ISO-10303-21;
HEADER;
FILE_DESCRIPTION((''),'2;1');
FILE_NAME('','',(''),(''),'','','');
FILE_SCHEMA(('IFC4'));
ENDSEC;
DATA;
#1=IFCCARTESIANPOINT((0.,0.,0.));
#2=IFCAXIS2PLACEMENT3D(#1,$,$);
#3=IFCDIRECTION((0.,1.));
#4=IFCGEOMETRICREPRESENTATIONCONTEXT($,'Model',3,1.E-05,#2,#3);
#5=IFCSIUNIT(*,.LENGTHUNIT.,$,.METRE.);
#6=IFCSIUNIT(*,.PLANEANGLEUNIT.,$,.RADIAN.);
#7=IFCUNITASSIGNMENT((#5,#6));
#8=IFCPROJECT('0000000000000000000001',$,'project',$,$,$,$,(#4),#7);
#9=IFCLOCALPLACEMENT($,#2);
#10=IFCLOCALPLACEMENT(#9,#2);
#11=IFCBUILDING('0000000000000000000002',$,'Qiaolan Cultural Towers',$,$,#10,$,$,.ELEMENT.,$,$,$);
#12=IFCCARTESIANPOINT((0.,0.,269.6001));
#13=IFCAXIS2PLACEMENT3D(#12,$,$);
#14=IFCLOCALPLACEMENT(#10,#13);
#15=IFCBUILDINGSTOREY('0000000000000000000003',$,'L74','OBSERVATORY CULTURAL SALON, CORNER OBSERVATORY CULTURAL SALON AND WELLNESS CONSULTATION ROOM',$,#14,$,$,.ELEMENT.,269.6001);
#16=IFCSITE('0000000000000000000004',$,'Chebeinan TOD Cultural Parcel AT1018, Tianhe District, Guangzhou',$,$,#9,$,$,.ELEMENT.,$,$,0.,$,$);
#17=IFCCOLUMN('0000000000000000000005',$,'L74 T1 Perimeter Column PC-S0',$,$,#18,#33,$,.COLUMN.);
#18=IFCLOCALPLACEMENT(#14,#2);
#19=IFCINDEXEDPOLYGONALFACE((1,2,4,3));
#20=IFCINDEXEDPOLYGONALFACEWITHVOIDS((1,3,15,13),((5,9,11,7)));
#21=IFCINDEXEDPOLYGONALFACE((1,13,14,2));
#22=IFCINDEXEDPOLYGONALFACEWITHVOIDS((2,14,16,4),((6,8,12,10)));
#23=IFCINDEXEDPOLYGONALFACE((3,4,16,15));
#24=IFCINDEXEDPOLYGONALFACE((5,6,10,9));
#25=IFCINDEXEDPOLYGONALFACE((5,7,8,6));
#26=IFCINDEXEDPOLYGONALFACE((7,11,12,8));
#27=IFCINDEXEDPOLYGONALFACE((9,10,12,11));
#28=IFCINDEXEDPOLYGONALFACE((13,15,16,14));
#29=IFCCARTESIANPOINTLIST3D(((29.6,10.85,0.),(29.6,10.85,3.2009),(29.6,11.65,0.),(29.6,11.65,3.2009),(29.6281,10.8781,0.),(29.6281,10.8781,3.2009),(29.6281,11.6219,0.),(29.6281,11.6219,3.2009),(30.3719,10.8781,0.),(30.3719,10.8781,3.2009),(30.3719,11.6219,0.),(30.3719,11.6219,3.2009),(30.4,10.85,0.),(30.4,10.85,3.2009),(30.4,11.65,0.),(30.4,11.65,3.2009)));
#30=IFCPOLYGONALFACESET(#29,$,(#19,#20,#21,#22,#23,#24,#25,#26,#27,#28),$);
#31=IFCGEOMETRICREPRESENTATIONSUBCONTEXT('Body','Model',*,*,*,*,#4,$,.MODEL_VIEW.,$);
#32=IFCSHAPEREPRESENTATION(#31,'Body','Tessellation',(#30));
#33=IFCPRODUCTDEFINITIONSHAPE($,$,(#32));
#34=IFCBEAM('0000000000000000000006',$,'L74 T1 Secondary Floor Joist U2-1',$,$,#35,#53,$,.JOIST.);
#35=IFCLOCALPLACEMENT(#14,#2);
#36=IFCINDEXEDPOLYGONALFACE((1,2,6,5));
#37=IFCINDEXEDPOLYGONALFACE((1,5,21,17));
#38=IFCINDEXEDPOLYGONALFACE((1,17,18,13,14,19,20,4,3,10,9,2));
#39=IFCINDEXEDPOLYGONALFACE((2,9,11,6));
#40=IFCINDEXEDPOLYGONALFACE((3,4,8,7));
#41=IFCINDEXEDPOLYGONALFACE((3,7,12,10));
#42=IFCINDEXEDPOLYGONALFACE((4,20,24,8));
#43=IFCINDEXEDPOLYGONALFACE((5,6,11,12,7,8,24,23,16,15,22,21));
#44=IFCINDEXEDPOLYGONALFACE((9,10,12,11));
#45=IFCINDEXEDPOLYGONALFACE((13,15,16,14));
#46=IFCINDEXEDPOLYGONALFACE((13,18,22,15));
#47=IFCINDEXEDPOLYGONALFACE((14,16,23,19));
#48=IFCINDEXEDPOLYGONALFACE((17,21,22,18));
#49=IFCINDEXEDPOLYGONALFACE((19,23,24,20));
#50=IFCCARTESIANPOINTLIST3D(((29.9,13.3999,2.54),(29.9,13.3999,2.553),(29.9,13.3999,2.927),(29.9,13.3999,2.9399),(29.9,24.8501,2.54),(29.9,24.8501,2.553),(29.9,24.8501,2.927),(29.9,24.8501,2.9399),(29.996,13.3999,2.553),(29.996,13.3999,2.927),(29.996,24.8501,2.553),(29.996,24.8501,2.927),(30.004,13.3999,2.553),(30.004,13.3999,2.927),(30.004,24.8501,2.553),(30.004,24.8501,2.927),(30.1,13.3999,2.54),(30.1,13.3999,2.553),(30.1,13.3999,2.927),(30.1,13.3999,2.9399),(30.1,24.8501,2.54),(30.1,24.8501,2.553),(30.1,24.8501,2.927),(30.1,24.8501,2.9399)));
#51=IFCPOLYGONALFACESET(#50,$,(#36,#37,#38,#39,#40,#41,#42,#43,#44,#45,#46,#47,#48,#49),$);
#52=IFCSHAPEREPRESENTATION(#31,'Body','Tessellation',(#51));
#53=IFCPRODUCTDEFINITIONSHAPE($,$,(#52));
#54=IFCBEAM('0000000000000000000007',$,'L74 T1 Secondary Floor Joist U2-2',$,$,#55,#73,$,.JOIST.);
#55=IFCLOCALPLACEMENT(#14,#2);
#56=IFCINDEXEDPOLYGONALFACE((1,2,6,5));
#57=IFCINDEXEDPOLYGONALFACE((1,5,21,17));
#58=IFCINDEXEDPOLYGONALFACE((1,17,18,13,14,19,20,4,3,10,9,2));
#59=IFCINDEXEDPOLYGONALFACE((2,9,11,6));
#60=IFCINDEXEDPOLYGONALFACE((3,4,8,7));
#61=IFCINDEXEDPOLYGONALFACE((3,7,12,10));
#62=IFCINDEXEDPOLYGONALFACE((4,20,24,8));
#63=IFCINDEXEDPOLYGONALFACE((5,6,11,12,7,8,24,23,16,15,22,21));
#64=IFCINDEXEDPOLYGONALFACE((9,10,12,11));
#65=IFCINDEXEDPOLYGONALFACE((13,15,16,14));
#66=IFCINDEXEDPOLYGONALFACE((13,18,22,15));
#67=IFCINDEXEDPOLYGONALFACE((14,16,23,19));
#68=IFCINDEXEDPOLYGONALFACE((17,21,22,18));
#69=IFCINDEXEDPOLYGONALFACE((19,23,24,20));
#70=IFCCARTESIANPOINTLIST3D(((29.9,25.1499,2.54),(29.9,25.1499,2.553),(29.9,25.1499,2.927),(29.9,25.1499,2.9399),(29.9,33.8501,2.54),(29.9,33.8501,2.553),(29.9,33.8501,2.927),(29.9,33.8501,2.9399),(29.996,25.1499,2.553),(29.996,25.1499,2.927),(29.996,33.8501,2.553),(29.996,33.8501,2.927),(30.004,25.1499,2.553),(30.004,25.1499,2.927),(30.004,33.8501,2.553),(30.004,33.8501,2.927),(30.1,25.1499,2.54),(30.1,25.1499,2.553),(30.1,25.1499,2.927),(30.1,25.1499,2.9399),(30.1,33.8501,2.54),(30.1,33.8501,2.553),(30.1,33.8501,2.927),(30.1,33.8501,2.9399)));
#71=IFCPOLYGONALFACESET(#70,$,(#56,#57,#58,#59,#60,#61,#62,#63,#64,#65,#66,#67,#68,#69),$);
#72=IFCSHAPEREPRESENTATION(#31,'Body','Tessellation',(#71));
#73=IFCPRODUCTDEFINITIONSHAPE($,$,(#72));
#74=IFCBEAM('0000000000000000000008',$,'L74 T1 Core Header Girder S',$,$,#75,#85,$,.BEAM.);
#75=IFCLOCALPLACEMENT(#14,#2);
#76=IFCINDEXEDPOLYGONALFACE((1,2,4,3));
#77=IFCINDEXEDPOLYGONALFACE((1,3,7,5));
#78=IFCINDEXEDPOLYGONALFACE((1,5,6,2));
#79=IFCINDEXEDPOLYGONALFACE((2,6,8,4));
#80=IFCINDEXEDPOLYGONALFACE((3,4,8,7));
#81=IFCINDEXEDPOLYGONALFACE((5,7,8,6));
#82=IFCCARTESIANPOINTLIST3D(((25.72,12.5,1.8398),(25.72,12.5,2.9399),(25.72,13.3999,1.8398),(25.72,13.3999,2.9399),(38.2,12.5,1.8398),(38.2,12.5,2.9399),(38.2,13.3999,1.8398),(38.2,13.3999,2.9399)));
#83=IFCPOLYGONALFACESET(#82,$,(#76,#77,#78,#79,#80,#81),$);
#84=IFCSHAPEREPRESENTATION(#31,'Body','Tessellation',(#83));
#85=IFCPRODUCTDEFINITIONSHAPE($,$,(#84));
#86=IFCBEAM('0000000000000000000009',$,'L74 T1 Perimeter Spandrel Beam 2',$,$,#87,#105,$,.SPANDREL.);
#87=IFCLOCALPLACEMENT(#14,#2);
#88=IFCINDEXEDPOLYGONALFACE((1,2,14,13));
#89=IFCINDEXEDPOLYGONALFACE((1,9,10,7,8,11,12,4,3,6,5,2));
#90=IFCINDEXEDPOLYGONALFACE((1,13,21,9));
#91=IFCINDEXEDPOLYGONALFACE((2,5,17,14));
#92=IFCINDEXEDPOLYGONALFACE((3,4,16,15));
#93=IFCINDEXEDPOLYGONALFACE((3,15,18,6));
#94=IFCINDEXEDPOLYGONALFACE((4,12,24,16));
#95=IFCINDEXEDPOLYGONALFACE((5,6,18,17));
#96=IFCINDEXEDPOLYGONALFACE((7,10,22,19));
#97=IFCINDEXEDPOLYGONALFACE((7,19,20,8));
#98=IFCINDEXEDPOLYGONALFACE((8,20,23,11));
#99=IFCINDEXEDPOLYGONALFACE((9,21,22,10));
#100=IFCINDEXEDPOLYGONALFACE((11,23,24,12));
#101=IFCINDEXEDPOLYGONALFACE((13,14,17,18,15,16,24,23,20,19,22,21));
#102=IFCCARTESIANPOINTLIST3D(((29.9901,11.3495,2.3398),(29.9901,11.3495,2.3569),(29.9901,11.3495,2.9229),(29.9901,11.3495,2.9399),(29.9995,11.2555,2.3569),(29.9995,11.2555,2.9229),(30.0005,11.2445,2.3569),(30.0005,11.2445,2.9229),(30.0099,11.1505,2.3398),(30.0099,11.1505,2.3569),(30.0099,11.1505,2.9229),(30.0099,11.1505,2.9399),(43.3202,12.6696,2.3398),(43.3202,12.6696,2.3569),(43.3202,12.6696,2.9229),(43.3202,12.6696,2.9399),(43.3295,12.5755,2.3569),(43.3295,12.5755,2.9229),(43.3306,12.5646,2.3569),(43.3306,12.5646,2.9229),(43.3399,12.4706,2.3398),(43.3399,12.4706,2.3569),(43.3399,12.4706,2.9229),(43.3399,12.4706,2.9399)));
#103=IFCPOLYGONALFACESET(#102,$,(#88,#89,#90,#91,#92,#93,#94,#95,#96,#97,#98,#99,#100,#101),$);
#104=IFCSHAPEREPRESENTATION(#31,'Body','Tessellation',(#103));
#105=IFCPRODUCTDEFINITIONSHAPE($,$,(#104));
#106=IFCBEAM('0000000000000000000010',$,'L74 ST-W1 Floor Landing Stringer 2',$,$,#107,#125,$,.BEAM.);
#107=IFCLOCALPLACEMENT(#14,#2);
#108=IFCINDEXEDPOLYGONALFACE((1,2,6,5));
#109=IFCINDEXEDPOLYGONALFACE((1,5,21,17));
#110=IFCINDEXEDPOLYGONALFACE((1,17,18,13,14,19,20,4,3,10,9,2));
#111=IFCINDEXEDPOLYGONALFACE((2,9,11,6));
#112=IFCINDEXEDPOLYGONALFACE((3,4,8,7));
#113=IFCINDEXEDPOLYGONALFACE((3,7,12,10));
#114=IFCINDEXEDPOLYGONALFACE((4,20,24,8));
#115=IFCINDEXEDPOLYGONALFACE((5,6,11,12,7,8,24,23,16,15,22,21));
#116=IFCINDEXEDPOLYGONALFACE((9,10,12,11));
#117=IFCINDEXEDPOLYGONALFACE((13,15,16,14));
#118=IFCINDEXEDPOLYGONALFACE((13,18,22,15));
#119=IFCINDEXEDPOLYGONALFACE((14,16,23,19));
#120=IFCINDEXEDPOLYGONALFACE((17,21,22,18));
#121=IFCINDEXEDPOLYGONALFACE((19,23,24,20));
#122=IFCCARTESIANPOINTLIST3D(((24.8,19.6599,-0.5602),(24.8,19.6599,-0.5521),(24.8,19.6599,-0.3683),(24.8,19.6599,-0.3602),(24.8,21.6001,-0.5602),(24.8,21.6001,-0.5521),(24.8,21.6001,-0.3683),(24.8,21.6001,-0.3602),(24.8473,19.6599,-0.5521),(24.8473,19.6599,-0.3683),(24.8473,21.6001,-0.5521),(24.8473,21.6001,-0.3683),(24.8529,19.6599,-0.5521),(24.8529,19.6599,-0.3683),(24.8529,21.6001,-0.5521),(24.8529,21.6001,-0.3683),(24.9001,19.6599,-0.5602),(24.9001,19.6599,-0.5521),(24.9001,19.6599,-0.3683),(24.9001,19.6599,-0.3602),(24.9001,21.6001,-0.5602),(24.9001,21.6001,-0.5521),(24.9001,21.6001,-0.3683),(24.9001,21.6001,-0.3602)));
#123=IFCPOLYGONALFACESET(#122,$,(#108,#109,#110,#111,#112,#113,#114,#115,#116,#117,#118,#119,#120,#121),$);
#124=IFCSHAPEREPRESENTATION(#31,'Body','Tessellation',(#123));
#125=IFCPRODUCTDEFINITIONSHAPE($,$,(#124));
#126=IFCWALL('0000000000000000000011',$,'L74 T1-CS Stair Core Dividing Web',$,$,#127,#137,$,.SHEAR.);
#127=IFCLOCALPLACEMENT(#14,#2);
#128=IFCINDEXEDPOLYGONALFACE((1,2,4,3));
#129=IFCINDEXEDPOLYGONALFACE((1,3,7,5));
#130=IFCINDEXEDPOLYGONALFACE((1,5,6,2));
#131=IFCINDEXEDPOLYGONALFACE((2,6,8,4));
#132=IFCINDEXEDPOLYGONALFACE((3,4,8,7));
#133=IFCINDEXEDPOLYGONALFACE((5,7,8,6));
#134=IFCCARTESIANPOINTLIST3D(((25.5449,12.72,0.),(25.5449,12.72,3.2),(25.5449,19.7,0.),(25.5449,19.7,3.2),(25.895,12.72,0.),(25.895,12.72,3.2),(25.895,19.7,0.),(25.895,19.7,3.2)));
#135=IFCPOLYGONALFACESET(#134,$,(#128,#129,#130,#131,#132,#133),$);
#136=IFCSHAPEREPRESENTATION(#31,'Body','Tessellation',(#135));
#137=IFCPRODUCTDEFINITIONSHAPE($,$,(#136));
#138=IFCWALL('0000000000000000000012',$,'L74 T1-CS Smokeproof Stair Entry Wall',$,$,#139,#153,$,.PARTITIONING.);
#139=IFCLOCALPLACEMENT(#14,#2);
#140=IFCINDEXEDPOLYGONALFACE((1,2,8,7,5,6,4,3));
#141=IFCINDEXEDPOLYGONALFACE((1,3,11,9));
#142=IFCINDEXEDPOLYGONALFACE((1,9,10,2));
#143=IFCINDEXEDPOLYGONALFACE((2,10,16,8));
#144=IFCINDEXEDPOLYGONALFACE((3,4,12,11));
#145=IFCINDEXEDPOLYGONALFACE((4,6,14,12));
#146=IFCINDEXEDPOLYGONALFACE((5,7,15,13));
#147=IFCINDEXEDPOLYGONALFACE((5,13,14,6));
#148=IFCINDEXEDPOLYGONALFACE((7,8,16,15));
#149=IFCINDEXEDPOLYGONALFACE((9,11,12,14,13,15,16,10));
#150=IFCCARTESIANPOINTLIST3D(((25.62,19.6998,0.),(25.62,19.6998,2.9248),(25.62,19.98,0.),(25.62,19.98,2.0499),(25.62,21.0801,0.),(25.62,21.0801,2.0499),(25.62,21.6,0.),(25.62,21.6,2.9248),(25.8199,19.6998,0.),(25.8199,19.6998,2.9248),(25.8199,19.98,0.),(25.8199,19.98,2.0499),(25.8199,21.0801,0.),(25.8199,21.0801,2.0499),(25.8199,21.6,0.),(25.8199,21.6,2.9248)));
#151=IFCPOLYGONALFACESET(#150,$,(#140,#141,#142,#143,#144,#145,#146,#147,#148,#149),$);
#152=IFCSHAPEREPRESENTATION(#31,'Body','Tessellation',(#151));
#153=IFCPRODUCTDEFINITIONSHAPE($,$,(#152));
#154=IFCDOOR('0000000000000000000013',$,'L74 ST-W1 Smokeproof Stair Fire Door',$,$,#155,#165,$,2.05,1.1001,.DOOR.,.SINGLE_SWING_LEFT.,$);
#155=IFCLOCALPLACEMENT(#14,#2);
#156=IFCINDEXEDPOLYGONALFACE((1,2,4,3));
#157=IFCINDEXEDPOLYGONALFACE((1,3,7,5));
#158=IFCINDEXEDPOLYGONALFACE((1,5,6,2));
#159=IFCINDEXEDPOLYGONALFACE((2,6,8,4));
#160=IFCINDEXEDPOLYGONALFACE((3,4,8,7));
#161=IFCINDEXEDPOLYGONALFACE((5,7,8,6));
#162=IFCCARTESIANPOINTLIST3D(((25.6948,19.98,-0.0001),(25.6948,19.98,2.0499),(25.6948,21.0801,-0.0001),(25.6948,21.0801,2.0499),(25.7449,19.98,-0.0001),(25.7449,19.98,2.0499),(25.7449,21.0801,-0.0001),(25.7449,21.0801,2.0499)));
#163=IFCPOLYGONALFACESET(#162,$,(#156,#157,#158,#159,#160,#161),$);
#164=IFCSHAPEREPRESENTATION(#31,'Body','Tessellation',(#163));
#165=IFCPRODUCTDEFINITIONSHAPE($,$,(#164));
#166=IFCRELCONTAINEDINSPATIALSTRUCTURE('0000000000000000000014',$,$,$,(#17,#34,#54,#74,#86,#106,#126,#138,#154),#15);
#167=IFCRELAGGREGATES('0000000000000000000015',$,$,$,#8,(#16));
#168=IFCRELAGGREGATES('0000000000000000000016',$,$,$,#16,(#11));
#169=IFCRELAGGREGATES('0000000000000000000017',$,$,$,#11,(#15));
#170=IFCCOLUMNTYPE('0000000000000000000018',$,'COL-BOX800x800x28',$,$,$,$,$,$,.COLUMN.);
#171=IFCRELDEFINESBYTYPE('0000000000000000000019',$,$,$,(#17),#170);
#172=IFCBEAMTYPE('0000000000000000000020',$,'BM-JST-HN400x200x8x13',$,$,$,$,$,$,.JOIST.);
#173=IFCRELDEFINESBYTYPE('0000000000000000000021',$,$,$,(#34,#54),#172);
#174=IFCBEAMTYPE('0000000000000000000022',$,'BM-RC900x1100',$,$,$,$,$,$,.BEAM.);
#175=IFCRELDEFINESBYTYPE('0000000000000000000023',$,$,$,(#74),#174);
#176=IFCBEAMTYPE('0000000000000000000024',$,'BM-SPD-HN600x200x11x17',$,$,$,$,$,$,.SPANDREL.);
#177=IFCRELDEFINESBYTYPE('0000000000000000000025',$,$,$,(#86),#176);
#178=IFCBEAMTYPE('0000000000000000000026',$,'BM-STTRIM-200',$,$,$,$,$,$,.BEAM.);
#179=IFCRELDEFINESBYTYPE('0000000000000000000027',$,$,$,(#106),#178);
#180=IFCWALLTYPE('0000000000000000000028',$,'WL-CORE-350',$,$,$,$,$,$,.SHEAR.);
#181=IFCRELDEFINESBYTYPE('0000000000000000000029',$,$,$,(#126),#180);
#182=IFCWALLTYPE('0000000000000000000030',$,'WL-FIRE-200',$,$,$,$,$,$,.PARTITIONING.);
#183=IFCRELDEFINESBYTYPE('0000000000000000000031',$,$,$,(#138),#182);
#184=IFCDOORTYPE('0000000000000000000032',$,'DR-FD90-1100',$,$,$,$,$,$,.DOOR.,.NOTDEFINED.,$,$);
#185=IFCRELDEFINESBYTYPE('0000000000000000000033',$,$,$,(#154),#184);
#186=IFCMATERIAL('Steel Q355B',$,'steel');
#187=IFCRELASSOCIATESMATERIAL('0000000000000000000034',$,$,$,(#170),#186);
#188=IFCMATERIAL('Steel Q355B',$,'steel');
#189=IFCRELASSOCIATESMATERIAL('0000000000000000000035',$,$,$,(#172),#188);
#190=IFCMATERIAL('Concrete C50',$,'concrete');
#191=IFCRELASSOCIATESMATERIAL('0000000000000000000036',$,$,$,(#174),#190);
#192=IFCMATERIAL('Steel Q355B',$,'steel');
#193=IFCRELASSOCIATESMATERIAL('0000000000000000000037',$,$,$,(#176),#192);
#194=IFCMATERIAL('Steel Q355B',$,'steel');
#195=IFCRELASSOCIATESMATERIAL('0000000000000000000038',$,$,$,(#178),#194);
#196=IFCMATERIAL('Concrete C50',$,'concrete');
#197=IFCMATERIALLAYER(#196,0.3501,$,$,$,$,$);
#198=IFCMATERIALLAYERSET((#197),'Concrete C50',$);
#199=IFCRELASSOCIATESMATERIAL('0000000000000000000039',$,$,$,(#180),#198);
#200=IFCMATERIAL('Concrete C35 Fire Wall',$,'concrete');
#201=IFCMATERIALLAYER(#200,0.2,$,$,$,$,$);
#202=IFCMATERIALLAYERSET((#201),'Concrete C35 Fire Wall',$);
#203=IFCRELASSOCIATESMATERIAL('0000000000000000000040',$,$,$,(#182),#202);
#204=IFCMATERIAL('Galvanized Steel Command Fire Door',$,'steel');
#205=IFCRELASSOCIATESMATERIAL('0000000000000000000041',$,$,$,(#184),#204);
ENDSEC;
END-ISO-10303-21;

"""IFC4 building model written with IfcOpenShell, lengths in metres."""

from ifc_helpers import new_model, si_unit, direction, frame, frame_2d, origin, origin_2d, place, context, subcontext, project, spatial, rectangle, hollow_rectangle, i_section, extrude, material, layer, layer_set, material_profile, profile_set, type_object, element, fill, save


model = new_model("IFC4")

# Units and contexts
model_context = context("Model", 3, precision=1e-05, world=origin(), true_north=direction((0.0, 1.0)))
body_context = subcontext(model_context, "Body", "Model", "MODEL_VIEW")
ifc_project = project(units=[si_unit("LENGTHUNIT", "METRE"), si_unit("PLANEANGLEUNIT", "RADIAN")], contexts=[model_context])

# Site, building, storey
site_placement = place(None, origin())
site = spatial("IfcSite", under=ifc_project, at=site_placement, Name="Chebeinan TOD Cultural Parcel AT1018, Tianhe District, Guangzhou", CompositionType="ELEMENT", RefElevation=0.0)
building_placement = place(site_placement, origin())
building = spatial("IfcBuilding", under=site, at=building_placement, Name="Qiaolan Cultural Towers", CompositionType="ELEMENT")
storey_placement = place(building_placement, frame((0.0, 0.0, 269.6001)))
storey = spatial("IfcBuildingStorey", under=building, at=storey_placement, Name="L74", Description="OBSERVATORY CULTURAL SALON, CORNER OBSERVATORY CULTURAL SALON AND WELLNESS CONSULTATION ROOM", CompositionType="ELEMENT", Elevation=269.6001)

# Column
ifc_material_1 = material(Name="Steel Q355B", Category="steel")
ifc_material_profile_1 = material_profile(ifc_material_1, hollow_rectangle(XDim=0.8, YDim=0.8, WallThickness=0.0281, at=origin_2d()), Name="BOX800x800x28")
ifc_profile_set_1 = profile_set([ifc_material_profile_1], Name="Steel Q355B")
column_type = type_object("IfcColumnType", Name="COL-BOX800x800x28", PredefinedType="COLUMN", material=ifc_profile_set_1)
column_placement = place(storey_placement, frame((30.0, 11.25, 0.0), z_axis=(0.0, 0.0, 1.0), x_axis=(1.0, 0.0, 0.0)))
element("IfcColumn", 1, at=column_placement, inside=storey, type_object=column_type, Name="L74 T1 Perimeter Column PC-S0", PredefinedType="COLUMN", context=body_context, shape_type="SweptSolid", body=[
    extrude(hollow_rectangle(XDim=0.8, YDim=0.8, WallThickness=0.0281, at=origin_2d()), origin(), (0.0, 0.0, 1.0), 3.2009),
])

# Beams
ifc_material_2 = material(Name="Steel Q355B", Category="steel")
ifc_material_profile_2 = material_profile(ifc_material_2, i_section(OverallWidth=0.2, OverallDepth=0.3999, WebThickness=0.0081, FlangeThickness=0.0129, at=origin_2d()), Name="HN400x200x8x13")
ifc_profile_set_2 = profile_set([ifc_material_profile_2], Name="Steel Q355B")
beam_type_1 = type_object("IfcBeamType", Name="BM-JST-HN400x200x8x13", PredefinedType="JOIST", material=ifc_profile_set_2)
beam_1_placement = place(storey_placement, frame((30.0, 13.3999, 2.74), z_axis=(0.0, 1.0, 0.0), x_axis=(-1.0, 0.0, 0.0)))
element("IfcBeam", 2, at=beam_1_placement, inside=storey, type_object=beam_type_1, Name="L74 T1 Secondary Floor Joist U2-1", PredefinedType="JOIST", context=body_context, shape_type="SweptSolid", body=[
    extrude(i_section(OverallWidth=0.2, OverallDepth=0.3999, WebThickness=0.0081, FlangeThickness=0.0129, at=origin_2d()), origin(), (0.0, 0.0, 1.0), 11.4502),
])
beam_2_placement = place(storey_placement, frame((30.0, 25.1499, 2.74), z_axis=(0.0, 1.0, 0.0), x_axis=(-1.0, 0.0, 0.0)))
element("IfcBeam", 3, at=beam_2_placement, inside=storey, type_object=beam_type_1, Name="L74 T1 Secondary Floor Joist U2-2", PredefinedType="JOIST", context=body_context, shape_type="SweptSolid", body=[
    extrude(i_section(OverallWidth=0.2, OverallDepth=0.3999, WebThickness=0.0081, FlangeThickness=0.0129, at=origin_2d()), origin(), (0.0, 0.0, 1.0), 8.7002),
])
ifc_material_3 = material(Name="Concrete C50", Category="concrete")
ifc_material_profile_3 = material_profile(ifc_material_3, rectangle(XDim=0.8999, YDim=1.1001, at=origin_2d()), Name="RC900x1100")
ifc_profile_set_3 = profile_set([ifc_material_profile_3], Name="Concrete C50")
beam_type_2 = type_object("IfcBeamType", Name="BM-RC900x1100", PredefinedType="BEAM", material=ifc_profile_set_3)
beam_3_placement = place(storey_placement, frame((25.72, 12.95, 2.3899), z_axis=(1.0, 0.0, 0.0), x_axis=(0.0, 1.0, 0.0)))
element("IfcBeam", 4, at=beam_3_placement, inside=storey, type_object=beam_type_2, Name="L74 T1 Core Header Girder S", PredefinedType="BEAM", context=body_context, shape_type="SweptSolid", body=[
    extrude(rectangle(XDim=0.8999, YDim=1.1001, at=origin_2d()), origin(), (0.0, 0.0, 1.0), 12.48),
])
ifc_material_4 = material(Name="Steel Q355B", Category="steel")
ifc_material_profile_4 = material_profile(ifc_material_4, i_section(OverallWidth=0.2, OverallDepth=0.6001, WebThickness=0.011, FlangeThickness=0.0171, at=origin_2d()), Name="HN600x200x11x17")
ifc_profile_set_4 = profile_set([ifc_material_profile_4], Name="Steel Q355B")
beam_type_3 = type_object("IfcBeamType", Name="BM-SPD-HN600x200x11x17", PredefinedType="SPANDREL", material=ifc_profile_set_4)
beam_4_placement = place(storey_placement, frame((30.0, 11.25, 2.6399), z_axis=(0.995132, 0.098547, 0.0), x_axis=(-0.098547, 0.995132, 0.0)))
element("IfcBeam", 5, at=beam_4_placement, inside=storey, type_object=beam_type_3, Name="L74 T1 Perimeter Spandrel Beam 2", PredefinedType="SPANDREL", context=body_context, shape_type="SweptSolid", body=[
    extrude(i_section(OverallWidth=0.2, OverallDepth=0.6001, WebThickness=0.011, FlangeThickness=0.0171, at=origin_2d()), origin(), (0.0, 0.0, 1.0), 13.3953),
])
ifc_material_5 = material(Name="Steel Q355B", Category="steel")
ifc_material_profile_5 = material_profile(ifc_material_5, i_section(OverallWidth=0.1001, OverallDepth=0.2, WebThickness=0.0056, FlangeThickness=0.0081, at=origin_2d()), Name="HN200x100x5.5x8")
ifc_profile_set_5 = profile_set([ifc_material_profile_5], Name="Steel Q355B")
beam_type_4 = type_object("IfcBeamType", Name="BM-STTRIM-200", PredefinedType="BEAM", material=ifc_profile_set_5)
beam_5_placement = place(storey_placement, frame((24.8501, 21.6001, -0.4602), z_axis=(0.0, -1.0, 0.0), x_axis=(1.0, 0.0, 0.0)))
element("IfcBeam", 6, at=beam_5_placement, inside=storey, type_object=beam_type_4, Name="L74 ST-W1 Floor Landing Stringer 2", PredefinedType="BEAM", context=body_context, shape_type="SweptSolid", body=[
    extrude(i_section(OverallWidth=0.1001, OverallDepth=0.2, WebThickness=0.0056, FlangeThickness=0.0081, at=origin_2d()), origin(), (0.0, 0.0, 1.0), 1.9402),
])

# Wall
ifc_material_6 = material(Name="Concrete C50", Category="concrete")
ifc_layer_1 = layer(ifc_material_6, 0.3501)
ifc_layer_set_1 = layer_set([ifc_layer_1], Name="Concrete C50")
wall_type_1 = type_object("IfcWallType", Name="WL-CORE-350", PredefinedType="SHEAR", material=ifc_layer_set_1)
wall_1_placement = place(storey_placement, frame((25.72, 19.7, 0.0), z_axis=(0.0, 0.0, 1.0), x_axis=(0.0, -1.0, 0.0)))
element("IfcWall", 7, at=wall_1_placement, inside=storey, type_object=wall_type_1, Name="L74 T1-CS Stair Core Dividing Web", PredefinedType="SHEAR", context=body_context, shape_type="SweptSolid", body=[
    extrude(rectangle(XDim=6.98, YDim=0.3501, at=frame_2d((3.49, 0.0))), origin(), (0.0, 0.0, 1.0), 3.2),
])

# Wall, opening, door
ifc_material_7 = material(Name="Concrete C35 Fire Wall", Category="concrete")
ifc_layer_2 = layer(ifc_material_7, 0.2)
ifc_layer_set_2 = layer_set([ifc_layer_2], Name="Concrete C35 Fire Wall")
wall_type_2 = type_object("IfcWallType", Name="WL-FIRE-200", PredefinedType="PARTITIONING", material=ifc_layer_set_2)
wall_2_placement = place(storey_placement, frame((25.72, 21.6001, 0.0), z_axis=(0.0, 0.0, 1.0), x_axis=(0.0, -1.0, 0.0)))
wall_2 = element("IfcWall", 8, at=wall_2_placement, inside=storey, type_object=wall_type_2, Name="L74 T1-CS Smokeproof Stair Entry Wall", PredefinedType="PARTITIONING", context=body_context, shape_type="SweptSolid", body=[
    extrude(rectangle(XDim=1.9001, YDim=0.2, at=frame_2d((0.9502, 0.0))), origin(), (0.0, 0.0, 1.0), 2.9248),
])
opening_1_placement = place(wall_2_placement, frame((0.52, 0.0, 0.0)))
opening_1 = element("IfcOpeningElement", 9, at=opening_1_placement, cuts=wall_2, PredefinedType="OPENING", context=body_context, shape_type="SweptSolid", body=[
    extrude(rectangle(XDim=1.1001, YDim=2.05, at=frame_2d((0.55, 1.0249))), frame((0.0, 0.1099, 0.0), z_axis=(0.0, -1.0, 0.0), x_axis=(1.0, 0.0, 0.0)), (0.0, 0.0, 1.0), 0.22),
])
ifc_material_8 = material(Name="Galvanized Steel Command Fire Door", Category="steel")
door_type_1 = type_object("IfcDoorType", Name="DR-FD90-1100", OperationType="NOTDEFINED", PredefinedType="DOOR", material=ifc_material_8)
door_1_placement = place(opening_1_placement, origin())
door_1 = element("IfcDoor", 10, at=door_1_placement, inside=storey, type_object=door_type_1, Name="L74 ST-W1 Smokeproof Stair Fire Door", OperationType="SINGLE_SWING_LEFT", OverallHeight=2.05, OverallWidth=1.1001, PredefinedType="DOOR", context=body_context, shape_type="SweptSolid", body=[
    extrude(rectangle(XDim=1.1001, YDim=2.05, at=frame_2d((0.55, 1.0249))), frame((0.0, 0.0249, 0.0), z_axis=(0.0, -1.0, 0.0), x_axis=(1.0, 0.0, 0.0)), (0.0, 0.0, 1.0), 0.05),
])
fill(opening_1, door_1)

save(model, "model.ifc")
